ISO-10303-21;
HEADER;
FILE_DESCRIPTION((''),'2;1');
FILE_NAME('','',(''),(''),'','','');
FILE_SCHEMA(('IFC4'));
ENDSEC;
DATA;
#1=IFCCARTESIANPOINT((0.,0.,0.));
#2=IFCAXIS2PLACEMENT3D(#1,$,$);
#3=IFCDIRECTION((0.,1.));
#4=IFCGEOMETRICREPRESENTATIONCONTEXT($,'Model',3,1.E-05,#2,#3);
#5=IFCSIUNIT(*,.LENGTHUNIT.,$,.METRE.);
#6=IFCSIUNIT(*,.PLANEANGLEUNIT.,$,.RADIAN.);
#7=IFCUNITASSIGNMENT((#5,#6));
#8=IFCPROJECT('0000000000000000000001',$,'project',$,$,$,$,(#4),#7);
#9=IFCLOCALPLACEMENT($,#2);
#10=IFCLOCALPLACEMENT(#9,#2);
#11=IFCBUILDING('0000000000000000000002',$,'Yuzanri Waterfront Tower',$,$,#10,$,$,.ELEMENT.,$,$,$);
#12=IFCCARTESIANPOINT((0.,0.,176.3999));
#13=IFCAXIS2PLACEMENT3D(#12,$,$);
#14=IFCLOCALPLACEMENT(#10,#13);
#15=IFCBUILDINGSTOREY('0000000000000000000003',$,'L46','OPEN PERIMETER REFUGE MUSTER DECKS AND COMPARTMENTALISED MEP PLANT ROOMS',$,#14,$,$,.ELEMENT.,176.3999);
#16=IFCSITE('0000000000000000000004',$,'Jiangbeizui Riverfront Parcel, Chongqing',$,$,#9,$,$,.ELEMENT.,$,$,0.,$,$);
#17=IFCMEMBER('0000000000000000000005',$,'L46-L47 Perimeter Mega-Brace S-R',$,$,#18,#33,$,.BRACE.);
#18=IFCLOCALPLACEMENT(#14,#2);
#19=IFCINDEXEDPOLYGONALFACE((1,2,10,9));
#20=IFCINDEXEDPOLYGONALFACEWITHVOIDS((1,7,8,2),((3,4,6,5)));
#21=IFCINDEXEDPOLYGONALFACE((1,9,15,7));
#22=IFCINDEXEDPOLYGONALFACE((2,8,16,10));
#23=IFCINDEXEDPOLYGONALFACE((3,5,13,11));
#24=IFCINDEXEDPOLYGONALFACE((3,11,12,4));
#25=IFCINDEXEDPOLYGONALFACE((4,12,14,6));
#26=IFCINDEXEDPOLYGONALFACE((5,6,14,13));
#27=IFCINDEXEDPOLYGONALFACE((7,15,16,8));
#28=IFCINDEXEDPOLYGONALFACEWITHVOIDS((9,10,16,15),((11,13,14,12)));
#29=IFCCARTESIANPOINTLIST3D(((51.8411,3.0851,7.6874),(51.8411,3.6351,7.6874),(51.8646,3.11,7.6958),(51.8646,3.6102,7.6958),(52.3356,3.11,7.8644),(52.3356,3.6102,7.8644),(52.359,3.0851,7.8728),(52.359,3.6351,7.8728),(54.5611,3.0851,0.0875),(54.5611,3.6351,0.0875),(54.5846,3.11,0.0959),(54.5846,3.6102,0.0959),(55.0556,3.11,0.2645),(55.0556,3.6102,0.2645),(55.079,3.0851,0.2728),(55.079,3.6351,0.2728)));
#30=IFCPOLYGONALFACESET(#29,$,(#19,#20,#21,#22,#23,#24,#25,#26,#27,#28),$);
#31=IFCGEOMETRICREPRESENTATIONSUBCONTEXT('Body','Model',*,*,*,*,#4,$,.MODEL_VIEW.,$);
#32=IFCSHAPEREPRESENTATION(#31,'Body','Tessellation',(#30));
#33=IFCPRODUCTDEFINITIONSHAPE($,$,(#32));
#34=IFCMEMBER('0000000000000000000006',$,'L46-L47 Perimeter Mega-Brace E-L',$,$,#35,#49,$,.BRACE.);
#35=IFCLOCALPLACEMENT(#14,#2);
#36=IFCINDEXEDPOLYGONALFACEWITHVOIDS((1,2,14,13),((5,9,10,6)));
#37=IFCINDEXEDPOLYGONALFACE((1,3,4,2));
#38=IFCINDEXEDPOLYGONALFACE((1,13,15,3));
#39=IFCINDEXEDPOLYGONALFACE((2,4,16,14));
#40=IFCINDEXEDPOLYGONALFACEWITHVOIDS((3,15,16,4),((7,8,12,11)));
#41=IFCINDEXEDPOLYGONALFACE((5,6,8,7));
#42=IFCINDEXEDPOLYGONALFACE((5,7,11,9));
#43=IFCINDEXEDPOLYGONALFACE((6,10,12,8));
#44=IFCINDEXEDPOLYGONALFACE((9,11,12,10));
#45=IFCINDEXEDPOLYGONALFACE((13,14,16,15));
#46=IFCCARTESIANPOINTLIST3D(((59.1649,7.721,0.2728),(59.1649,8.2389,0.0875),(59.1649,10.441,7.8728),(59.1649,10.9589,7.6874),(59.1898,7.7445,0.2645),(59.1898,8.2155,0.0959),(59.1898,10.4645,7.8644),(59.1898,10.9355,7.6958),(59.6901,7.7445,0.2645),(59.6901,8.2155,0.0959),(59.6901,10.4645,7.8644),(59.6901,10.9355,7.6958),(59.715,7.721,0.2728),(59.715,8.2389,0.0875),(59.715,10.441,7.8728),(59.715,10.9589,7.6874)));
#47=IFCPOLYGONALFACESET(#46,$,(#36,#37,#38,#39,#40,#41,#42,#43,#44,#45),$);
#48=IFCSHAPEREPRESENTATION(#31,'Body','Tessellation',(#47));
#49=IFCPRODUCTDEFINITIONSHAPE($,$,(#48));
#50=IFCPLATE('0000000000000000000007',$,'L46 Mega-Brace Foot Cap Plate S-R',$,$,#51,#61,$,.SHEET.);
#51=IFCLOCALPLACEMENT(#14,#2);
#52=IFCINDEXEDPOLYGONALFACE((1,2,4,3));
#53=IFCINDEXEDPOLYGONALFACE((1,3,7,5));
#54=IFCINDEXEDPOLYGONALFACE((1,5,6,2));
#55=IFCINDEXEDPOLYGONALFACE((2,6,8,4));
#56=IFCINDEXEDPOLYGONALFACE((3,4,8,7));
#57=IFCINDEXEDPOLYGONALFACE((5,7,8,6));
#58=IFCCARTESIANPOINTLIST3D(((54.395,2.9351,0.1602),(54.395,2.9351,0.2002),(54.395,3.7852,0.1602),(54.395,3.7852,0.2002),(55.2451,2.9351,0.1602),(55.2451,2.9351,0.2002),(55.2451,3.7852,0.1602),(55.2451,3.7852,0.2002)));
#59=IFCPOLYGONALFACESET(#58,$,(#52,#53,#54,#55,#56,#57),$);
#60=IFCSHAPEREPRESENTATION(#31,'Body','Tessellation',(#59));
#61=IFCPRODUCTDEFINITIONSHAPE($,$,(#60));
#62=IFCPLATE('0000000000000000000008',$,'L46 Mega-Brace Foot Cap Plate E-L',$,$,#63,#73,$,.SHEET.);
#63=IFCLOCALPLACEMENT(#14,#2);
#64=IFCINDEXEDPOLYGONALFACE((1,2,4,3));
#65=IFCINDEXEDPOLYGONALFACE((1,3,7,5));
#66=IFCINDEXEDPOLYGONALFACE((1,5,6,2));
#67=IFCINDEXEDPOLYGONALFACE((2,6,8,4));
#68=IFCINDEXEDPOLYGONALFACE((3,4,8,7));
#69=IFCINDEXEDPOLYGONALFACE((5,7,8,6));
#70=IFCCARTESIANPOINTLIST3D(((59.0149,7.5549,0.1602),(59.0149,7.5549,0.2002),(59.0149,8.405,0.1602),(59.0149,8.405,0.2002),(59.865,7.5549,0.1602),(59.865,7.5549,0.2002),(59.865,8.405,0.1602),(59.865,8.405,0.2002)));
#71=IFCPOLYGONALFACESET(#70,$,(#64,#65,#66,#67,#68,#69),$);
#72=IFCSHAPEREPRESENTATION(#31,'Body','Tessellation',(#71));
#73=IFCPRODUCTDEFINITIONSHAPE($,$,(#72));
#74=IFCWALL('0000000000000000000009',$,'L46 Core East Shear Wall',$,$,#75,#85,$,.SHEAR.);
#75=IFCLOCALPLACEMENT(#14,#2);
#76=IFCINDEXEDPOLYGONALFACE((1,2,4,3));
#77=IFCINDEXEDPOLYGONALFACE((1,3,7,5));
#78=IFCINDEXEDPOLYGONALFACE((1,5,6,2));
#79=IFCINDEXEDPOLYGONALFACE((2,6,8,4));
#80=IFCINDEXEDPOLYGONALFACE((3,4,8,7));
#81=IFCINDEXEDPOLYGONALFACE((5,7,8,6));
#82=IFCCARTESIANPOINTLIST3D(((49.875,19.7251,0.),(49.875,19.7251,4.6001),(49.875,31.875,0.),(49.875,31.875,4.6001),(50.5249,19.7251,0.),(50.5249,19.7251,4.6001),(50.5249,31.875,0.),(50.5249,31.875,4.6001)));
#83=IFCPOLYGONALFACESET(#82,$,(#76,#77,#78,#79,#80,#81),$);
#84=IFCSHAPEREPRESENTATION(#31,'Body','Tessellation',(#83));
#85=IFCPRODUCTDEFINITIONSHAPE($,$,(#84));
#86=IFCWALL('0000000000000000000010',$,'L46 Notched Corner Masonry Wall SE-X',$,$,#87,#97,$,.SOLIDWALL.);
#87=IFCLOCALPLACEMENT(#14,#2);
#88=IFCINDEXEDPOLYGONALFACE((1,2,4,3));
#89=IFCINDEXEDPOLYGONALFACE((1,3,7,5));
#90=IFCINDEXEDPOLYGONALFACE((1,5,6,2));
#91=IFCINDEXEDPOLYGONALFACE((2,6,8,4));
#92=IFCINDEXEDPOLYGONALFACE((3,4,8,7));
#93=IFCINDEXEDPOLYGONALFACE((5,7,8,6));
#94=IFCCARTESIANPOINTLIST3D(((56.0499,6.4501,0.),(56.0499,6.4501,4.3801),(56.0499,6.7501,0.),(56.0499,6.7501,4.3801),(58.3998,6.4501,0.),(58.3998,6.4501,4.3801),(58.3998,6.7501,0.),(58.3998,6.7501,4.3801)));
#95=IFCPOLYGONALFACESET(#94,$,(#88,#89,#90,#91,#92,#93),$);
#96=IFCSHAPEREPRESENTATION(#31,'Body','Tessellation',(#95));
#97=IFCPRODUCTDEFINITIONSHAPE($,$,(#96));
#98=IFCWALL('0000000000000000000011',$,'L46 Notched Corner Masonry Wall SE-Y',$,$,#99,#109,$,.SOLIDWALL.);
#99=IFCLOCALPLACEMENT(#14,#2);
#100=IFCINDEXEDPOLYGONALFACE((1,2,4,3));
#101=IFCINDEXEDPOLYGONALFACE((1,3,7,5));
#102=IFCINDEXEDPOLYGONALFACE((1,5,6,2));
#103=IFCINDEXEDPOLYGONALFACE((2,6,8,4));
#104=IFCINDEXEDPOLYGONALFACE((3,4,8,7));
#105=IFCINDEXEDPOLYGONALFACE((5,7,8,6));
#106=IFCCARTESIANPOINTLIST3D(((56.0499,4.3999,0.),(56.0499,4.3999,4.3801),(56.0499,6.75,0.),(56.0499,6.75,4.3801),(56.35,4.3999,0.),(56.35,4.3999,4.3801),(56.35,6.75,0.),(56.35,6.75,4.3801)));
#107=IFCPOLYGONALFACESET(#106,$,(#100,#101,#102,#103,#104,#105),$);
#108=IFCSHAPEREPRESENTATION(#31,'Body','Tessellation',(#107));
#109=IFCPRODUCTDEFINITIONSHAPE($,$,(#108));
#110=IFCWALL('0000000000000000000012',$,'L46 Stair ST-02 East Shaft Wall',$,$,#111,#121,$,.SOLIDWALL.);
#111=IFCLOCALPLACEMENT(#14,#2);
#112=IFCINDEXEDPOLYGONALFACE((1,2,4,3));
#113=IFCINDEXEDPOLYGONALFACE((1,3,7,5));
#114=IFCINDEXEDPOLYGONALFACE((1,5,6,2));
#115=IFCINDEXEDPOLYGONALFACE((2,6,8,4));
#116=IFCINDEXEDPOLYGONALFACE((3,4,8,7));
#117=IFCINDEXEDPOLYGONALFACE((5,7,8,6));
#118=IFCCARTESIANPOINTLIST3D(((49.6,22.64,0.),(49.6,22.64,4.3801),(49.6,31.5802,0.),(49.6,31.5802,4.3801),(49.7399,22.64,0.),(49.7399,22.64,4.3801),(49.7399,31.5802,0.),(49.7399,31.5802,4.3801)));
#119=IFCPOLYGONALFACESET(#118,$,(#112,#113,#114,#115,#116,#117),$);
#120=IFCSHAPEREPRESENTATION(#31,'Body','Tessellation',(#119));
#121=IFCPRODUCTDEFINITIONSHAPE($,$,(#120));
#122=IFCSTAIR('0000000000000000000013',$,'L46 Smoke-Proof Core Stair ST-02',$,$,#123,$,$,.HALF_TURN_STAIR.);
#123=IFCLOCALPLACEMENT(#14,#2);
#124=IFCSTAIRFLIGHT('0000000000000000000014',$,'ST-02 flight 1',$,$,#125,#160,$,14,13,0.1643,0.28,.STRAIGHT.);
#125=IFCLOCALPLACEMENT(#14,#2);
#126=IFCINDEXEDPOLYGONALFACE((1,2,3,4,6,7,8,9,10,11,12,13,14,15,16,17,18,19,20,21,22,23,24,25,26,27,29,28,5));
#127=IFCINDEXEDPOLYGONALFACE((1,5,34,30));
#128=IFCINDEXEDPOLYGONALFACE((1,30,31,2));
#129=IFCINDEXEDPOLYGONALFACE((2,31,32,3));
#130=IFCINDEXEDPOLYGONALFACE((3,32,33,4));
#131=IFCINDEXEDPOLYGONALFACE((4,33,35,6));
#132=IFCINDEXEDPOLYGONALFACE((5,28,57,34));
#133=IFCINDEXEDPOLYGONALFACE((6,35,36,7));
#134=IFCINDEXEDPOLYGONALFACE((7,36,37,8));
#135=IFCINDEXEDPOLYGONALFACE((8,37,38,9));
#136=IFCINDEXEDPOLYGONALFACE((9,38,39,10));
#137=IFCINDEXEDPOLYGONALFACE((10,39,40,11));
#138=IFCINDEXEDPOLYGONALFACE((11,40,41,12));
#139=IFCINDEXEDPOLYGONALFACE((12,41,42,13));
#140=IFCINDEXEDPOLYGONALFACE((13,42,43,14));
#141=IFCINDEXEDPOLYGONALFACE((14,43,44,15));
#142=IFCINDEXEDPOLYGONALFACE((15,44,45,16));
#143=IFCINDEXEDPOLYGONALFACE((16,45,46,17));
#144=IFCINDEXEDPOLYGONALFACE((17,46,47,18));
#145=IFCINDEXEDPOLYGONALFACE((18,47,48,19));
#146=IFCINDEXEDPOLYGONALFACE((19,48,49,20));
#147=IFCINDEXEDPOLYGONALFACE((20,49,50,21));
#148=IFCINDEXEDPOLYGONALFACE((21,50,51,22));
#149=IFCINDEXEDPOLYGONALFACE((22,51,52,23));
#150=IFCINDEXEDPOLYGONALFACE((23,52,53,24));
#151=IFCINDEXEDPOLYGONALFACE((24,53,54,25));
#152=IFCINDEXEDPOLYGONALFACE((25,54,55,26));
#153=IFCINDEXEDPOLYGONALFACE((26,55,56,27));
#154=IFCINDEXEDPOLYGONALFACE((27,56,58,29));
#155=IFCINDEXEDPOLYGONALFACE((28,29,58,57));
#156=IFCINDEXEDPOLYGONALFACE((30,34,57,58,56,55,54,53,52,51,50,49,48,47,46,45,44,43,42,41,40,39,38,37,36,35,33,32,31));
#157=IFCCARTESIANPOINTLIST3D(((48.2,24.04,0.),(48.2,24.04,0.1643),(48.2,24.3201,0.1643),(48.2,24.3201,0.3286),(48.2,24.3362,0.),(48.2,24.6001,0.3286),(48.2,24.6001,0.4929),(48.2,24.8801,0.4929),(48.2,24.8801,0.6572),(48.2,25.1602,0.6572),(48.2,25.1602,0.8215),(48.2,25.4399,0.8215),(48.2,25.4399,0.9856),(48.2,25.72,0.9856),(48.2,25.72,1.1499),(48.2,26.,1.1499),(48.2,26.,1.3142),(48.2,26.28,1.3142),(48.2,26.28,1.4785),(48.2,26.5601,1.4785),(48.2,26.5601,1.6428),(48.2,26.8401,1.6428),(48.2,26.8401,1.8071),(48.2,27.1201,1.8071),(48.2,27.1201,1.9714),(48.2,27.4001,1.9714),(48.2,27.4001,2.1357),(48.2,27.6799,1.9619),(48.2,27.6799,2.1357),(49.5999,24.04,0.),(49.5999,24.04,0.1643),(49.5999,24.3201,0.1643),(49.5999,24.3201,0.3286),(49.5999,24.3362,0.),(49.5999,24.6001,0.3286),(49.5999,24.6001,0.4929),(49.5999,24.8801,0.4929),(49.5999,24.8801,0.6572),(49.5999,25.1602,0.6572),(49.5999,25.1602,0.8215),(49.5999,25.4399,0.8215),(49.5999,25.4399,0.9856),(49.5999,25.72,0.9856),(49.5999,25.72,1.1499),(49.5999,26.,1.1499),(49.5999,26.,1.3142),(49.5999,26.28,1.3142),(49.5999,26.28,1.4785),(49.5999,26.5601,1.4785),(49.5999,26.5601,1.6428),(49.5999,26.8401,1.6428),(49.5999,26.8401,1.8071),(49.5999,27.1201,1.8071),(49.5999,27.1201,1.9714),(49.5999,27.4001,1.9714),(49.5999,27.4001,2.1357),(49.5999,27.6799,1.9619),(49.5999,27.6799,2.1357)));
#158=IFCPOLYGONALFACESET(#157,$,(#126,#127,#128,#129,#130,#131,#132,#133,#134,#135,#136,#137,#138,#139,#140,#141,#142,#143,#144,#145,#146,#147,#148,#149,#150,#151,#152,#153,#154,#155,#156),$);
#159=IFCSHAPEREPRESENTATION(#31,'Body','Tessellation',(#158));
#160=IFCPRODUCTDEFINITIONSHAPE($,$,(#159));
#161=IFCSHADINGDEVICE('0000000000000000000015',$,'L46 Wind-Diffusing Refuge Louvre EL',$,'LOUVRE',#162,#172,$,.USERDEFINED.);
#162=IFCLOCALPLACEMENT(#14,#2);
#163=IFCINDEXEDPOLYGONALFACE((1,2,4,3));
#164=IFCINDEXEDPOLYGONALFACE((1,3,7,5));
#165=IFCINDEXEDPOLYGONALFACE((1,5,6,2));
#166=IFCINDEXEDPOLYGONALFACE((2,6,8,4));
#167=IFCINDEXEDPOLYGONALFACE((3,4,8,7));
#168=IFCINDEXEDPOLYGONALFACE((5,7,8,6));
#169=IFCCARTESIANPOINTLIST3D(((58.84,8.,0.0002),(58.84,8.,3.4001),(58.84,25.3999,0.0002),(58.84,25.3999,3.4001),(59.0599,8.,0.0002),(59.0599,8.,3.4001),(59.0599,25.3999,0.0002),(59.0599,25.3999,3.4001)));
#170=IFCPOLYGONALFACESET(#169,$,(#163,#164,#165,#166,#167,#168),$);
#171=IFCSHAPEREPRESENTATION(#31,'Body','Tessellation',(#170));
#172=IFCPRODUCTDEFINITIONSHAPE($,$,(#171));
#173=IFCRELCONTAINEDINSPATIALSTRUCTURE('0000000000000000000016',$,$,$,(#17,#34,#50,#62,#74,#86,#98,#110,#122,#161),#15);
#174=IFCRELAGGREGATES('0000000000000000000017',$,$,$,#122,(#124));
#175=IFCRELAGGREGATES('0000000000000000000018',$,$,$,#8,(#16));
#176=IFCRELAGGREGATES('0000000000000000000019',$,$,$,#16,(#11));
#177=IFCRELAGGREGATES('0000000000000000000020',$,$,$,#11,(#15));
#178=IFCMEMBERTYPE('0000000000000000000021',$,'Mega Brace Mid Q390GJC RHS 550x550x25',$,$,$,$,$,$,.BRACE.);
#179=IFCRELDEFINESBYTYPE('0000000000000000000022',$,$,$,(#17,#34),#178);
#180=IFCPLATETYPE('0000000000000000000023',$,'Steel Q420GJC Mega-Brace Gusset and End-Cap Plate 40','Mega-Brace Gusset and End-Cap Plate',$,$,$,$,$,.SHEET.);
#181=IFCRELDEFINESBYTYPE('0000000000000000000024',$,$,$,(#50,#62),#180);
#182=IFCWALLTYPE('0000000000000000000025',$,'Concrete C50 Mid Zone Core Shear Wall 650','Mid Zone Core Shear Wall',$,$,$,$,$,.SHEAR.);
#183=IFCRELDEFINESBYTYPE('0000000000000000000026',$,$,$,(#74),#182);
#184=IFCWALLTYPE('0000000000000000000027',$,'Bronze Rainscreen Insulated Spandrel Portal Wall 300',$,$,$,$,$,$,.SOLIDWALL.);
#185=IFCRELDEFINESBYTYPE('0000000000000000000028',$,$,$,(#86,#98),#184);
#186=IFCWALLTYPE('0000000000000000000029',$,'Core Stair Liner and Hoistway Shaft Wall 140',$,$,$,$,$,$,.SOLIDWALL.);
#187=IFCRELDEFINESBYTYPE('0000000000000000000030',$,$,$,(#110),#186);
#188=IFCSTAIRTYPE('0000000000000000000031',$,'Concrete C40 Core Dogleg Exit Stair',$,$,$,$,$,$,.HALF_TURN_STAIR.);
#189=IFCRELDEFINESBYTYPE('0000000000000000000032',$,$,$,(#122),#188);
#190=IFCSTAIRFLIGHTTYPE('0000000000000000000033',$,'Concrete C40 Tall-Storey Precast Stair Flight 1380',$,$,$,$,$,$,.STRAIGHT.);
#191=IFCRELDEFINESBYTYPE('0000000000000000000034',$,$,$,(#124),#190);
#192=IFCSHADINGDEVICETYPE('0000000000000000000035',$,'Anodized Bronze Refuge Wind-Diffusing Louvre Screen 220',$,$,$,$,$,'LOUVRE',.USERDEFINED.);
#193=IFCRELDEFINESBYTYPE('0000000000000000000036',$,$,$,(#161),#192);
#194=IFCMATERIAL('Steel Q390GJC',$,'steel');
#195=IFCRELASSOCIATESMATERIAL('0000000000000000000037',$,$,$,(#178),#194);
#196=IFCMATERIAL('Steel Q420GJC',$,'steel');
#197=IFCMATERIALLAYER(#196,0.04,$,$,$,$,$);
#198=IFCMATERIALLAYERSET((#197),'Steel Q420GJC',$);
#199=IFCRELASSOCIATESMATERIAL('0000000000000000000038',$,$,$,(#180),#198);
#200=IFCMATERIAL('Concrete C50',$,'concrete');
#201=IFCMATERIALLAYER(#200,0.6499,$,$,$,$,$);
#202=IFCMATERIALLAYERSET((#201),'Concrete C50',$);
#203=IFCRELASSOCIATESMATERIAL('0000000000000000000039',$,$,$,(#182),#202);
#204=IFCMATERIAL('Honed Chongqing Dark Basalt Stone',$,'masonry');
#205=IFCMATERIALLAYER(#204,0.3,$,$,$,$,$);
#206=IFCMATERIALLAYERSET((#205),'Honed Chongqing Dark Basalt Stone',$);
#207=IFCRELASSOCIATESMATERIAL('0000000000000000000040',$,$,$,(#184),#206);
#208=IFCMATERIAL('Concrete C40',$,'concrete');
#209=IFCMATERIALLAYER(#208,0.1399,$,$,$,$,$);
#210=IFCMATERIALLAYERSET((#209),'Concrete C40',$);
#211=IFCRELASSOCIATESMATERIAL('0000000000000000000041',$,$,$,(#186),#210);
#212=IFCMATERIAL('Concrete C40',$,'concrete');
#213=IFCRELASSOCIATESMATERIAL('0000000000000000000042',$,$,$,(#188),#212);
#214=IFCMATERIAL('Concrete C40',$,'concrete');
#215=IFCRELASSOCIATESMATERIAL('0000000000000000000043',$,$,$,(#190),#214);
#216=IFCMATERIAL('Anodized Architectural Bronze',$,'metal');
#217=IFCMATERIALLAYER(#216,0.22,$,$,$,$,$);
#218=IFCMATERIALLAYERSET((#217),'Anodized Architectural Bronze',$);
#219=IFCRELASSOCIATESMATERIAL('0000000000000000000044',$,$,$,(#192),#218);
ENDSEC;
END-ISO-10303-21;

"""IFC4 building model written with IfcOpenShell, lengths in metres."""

from ifc_helpers import new_model, si_unit, direction, frame, frame_2d, origin, origin_2d, place, context, subcontext, project, spatial, polyline, rectangle, hollow_rectangle, outline, extrude, source, transform, mapped, material, layer, layer_set, material_profile, profile_set, type_object, element, aggregate, save


model = new_model("IFC4")

# Units and contexts
model_context = context("Model", 3, precision=1e-05, world=origin(), true_north=direction((0.0, 1.0)))
body_context = subcontext(model_context, "Body", "Model", "MODEL_VIEW")
ifc_project = project(units=[si_unit("LENGTHUNIT", "METRE"), si_unit("PLANEANGLEUNIT", "RADIAN")], contexts=[model_context])

# Site, building, storey
site_placement = place(None, origin())
site = spatial("IfcSite", under=ifc_project, at=site_placement, Name="Jiangbeizui Riverfront Parcel, Chongqing", CompositionType="ELEMENT", RefElevation=0.0)
building_placement = place(site_placement, origin())
building = spatial("IfcBuilding", under=site, at=building_placement, Name="Yuzanri Waterfront Tower", CompositionType="ELEMENT")
storey_placement = place(building_placement, frame((0.0, 0.0, 176.3999)))
storey = spatial("IfcBuildingStorey", under=building, at=storey_placement, Name="L46", Description="OPEN PERIMETER REFUGE MUSTER DECKS AND COMPARTMENTALISED MEP PLANT ROOMS", CompositionType="ELEMENT", Elevation=176.3999)

# Members
ifc_material_1 = material(Name="Steel Q390GJC", Category="steel")
ifc_material_profile_1 = material_profile(ifc_material_1, hollow_rectangle(XDim=0.55, YDim=0.55, WallThickness=0.0249, at=origin_2d()), Name="RHS 550x550x25")
ifc_profile_set_1 = profile_set([ifc_material_profile_1], Name="Steel Q390GJC")
member_type = type_object("IfcMemberType", Name="Mega Brace Mid Q390GJC RHS 550x550x25", PredefinedType="BRACE", material=ifc_profile_set_1)
shared_shape_1 = source(origin(), body_context, "Body", "SweptSolid", [
    extrude(hollow_rectangle(XDim=0.55, YDim=0.55, WallThickness=0.0249, at=origin_2d()), origin(), (0.0, 0.0, 1.0), 8.072),
])
for number, where, z_axis, x_axis, name in (
    (1, (54.8201, 3.3601, 0.1802), (-0.336967, 0.0, 0.941517), (0.0, -1.0, 0.0), "L46-L47 Perimeter Mega-Brace S-R"),
    (2, (59.4399, 7.98, 0.1802), (0.0, 0.336967, 0.941517), (-1.0, 0.0, 0.0), "L46-L47 Perimeter Mega-Brace E-L"),
):
    element("IfcMember", number, at=place(storey_placement, frame(where, z_axis=z_axis, x_axis=x_axis)), inside=storey, type_object=member_type, Name=name, PredefinedType="BRACE", context=body_context, shape_type="MappedRepresentation", body=[
        mapped(shared_shape_1, transform((0.0, 0.0, 0.0), scale=1.0)),
    ])

# Plates
ifc_material_2 = material(Name="Steel Q420GJC", Category="steel")
ifc_layer_1 = layer(ifc_material_2, 0.04)
ifc_layer_set_1 = layer_set([ifc_layer_1], Name="Steel Q420GJC")
plate_type = type_object("IfcPlateType", Name="Steel Q420GJC Mega-Brace Gusset and End-Cap Plate 40", Description="Mega-Brace Gusset and End-Cap Plate", PredefinedType="SHEET", material=ifc_layer_set_1)
shared_shape_2 = source(origin(), body_context, "Body", "SweptSolid", [
    extrude(rectangle(XDim=0.8501, YDim=0.8501, at=origin_2d()), origin(), (0.0, 0.0, 1.0), 0.04),
])
for number, where, z_axis, x_axis, name in (
    (3, (54.8201, 3.3601, 0.1602), (0.0, 0.0, 1.0), (1.0, 0.0, 0.0), "L46 Mega-Brace Foot Cap Plate S-R"),
    (4, (59.4399, 7.98, 0.1602), (0.0, 0.0, 1.0), (1.0, 0.0, 0.0), "L46 Mega-Brace Foot Cap Plate E-L"),
):
    element("IfcPlate", number, at=place(storey_placement, frame(where, z_axis=z_axis, x_axis=x_axis)), inside=storey, type_object=plate_type, Name=name, PredefinedType="SHEET", context=body_context, shape_type="MappedRepresentation", body=[
        mapped(shared_shape_2, transform((0.0, 0.0, 0.0), scale=1.0)),
    ])

# Walls
ifc_material_3 = material(Name="Concrete C50", Category="concrete")
ifc_layer_2 = layer(ifc_material_3, 0.6499)
ifc_layer_set_2 = layer_set([ifc_layer_2], Name="Concrete C50")
wall_type_1 = type_object("IfcWallType", Name="Concrete C50 Mid Zone Core Shear Wall 650", Description="Mid Zone Core Shear Wall", PredefinedType="SHEAR", material=ifc_layer_set_2)
shared_shape_3 = source(origin(), body_context, "Body", "SweptSolid", [
    extrude(rectangle(XDim=12.1499, YDim=0.6499, at=frame_2d((6.075, 0.0))), origin(), (0.0, 0.0, 1.0), 4.6001),
])
wall_1_placement = place(storey_placement, frame((50.2, 19.7251, 0.0), z_axis=(0.0, 0.0, 1.0), x_axis=(0.0, 1.0, 0.0)))
element("IfcWall", 5, at=wall_1_placement, inside=storey, type_object=wall_type_1, Name="L46 Core East Shear Wall", PredefinedType="SHEAR", context=body_context, shape_type="MappedRepresentation", body=[
    mapped(shared_shape_3, transform((0.0, 0.0, 0.0), scale=1.0)),
])
ifc_material_4 = material(Name="Honed Chongqing Dark Basalt Stone", Category="masonry")
ifc_layer_3 = layer(ifc_material_4, 0.3)
ifc_layer_set_3 = layer_set([ifc_layer_3], Name="Honed Chongqing Dark Basalt Stone")
wall_type_2 = type_object("IfcWallType", Name="Bronze Rainscreen Insulated Spandrel Portal Wall 300", PredefinedType="SOLIDWALL", material=ifc_layer_set_3)
shared_shape_4 = source(origin(), body_context, "Body", "SweptSolid", [
    extrude(rectangle(XDim=2.3499, YDim=0.3, at=frame_2d((1.1748, 0.0))), origin(), (0.0, 0.0, 1.0), 4.3801),
])
wall_2_placement = place(storey_placement, frame((56.05, 6.6001, 0.0), z_axis=(0.0, 0.0, 1.0), x_axis=(1.0, 0.0, 0.0)))
element("IfcWall", 6, at=wall_2_placement, inside=storey, type_object=wall_type_2, Name="L46 Notched Corner Masonry Wall SE-X", PredefinedType="SOLIDWALL", context=body_context, shape_type="MappedRepresentation", body=[
    mapped(shared_shape_4, transform((0.0, 0.0, 0.0), scale=1.0)),
])
shared_shape_5 = source(origin(), body_context, "Body", "SweptSolid", [
    extrude(rectangle(XDim=2.3501, YDim=0.3, at=frame_2d((1.175, 0.0))), origin(), (0.0, 0.0, 1.0), 4.3801),
])
wall_3_placement = place(storey_placement, frame((56.2, 4.3999, 0.0), z_axis=(0.0, 0.0, 1.0), x_axis=(0.0, 1.0, 0.0)))
element("IfcWall", 7, at=wall_3_placement, inside=storey, type_object=wall_type_2, Name="L46 Notched Corner Masonry Wall SE-Y", PredefinedType="SOLIDWALL", context=body_context, shape_type="MappedRepresentation", body=[
    mapped(shared_shape_5, transform((0.0, 0.0, 0.0), scale=1.0)),
])
ifc_material_5 = material(Name="Concrete C40", Category="concrete")
ifc_layer_4 = layer(ifc_material_5, 0.1399)
ifc_layer_set_4 = layer_set([ifc_layer_4], Name="Concrete C40")
wall_type_3 = type_object("IfcWallType", Name="Core Stair Liner and Hoistway Shaft Wall 140", PredefinedType="SOLIDWALL", material=ifc_layer_set_4)
shared_shape_6 = source(origin(), body_context, "Body", "SweptSolid", [
    extrude(rectangle(XDim=8.9402, YDim=0.1399, at=frame_2d((4.4702, 0.0))), origin(), (0.0, 0.0, 1.0), 4.3801),
])
wall_4_placement = place(storey_placement, frame((49.6699, 22.6399, 0.0), z_axis=(0.0, 0.0, 1.0), x_axis=(0.0, 1.0, 0.0)))
element("IfcWall", 8, at=wall_4_placement, inside=storey, type_object=wall_type_3, Name="L46 Stair ST-02 East Shaft Wall", PredefinedType="SOLIDWALL", context=body_context, shape_type="MappedRepresentation", body=[
    mapped(shared_shape_6, transform((0.0, 0.0, 0.0), scale=1.0)),
])

# Stair, stair flight
ifc_material_6 = material(Name="Concrete C40", Category="concrete")
stair_type = type_object("IfcStairType", Name="Concrete C40 Core Dogleg Exit Stair", PredefinedType="HALF_TURN_STAIR", material=ifc_material_6)
stair_placement = place(storey_placement, origin())
stair = element("IfcStair", 9, at=stair_placement, inside=storey, type_object=stair_type, Name="L46 Smoke-Proof Core Stair ST-02", PredefinedType="HALF_TURN_STAIR")
ifc_material_7 = material(Name="Concrete C40", Category="concrete")
stair_flight_type = type_object("IfcStairFlightType", Name="Concrete C40 Tall-Storey Precast Stair Flight 1380", PredefinedType="STRAIGHT", material=ifc_material_7)
shared_shape_7 = source(origin(), body_context, "Body", "SweptSolid", [
    extrude(outline(polyline([(0.0, 0.0), (0.0, 0.1643), (0.28, 0.1643), (0.28, 0.3286), (0.5601, 0.3286), (0.5601, 0.4929), (0.8401, 0.4929), (0.8401, 0.6572), (1.1201, 0.6572), (1.1201, 0.8215), (1.3999, 0.8215), (1.3999, 0.9856), (1.6799, 0.9856), (1.6799, 1.1499), (1.96, 1.1499), (1.96, 1.3142), (2.24, 1.3142), (2.24, 1.4785), (2.52, 1.4785), (2.52, 1.6428), (2.8, 1.6428), (2.8, 1.8071), (3.0801, 1.8071), (3.0801, 1.9714), (3.3601, 1.9714), (3.3601, 2.1357), (3.6399, 2.1357), (3.6399, 2.3), (3.6399, 1.9619), (0.2961, 0.0), (0.0, 0.0)])), frame((0.0, 0.7, 0.0), z_axis=(0.0, -1.0, 0.0), x_axis=(1.0, 0.0, 0.0)), (0.0, 0.0, 1.0), 1.3999),
])
stair_flight_placement = place(storey_placement, frame((48.8999, 24.04, 0.0), z_axis=(0.0, 0.0, 1.0), x_axis=(0.0, 1.0, 0.0)))
stair_flight = element("IfcStairFlight", 10, at=stair_flight_placement, type_object=stair_flight_type, Name="ST-02 flight 1", NumberOfRisers=14, NumberOfTreads=13, PredefinedType="STRAIGHT", RiserHeight=0.1643, TreadLength=0.28, context=body_context, shape_type="MappedRepresentation", body=[
    mapped(shared_shape_7, transform((0.0, 0.0, 0.0), scale=1.0)),
])
aggregate(stair, [stair_flight])

# Shading device
ifc_material_8 = material(Name="Anodized Architectural Bronze", Category="metal")
ifc_layer_5 = layer(ifc_material_8, 0.22)
ifc_layer_set_5 = layer_set([ifc_layer_5], Name="Anodized Architectural Bronze")
shading_device_type = type_object("IfcShadingDeviceType", Name="Anodized Bronze Refuge Wind-Diffusing Louvre Screen 220", ElementType="LOUVRE", PredefinedType="USERDEFINED", material=ifc_layer_set_5)
shared_shape_8 = source(origin(), body_context, "Body", "SweptSolid", [
    extrude(rectangle(XDim=0.22, YDim=17.3999, at=origin_2d()), origin(), (0.0, 0.0, 1.0), 3.3999),
])
shading_device_placement = place(storey_placement, frame((58.95, 16.7, 0.0002), z_axis=(0.0, 0.0, 1.0), x_axis=(1.0, 0.0, 0.0)))
element("IfcShadingDevice", 11, at=shading_device_placement, inside=storey, type_object=shading_device_type, Name="L46 Wind-Diffusing Refuge Louvre EL", ObjectType="LOUVRE", PredefinedType="USERDEFINED", context=body_context, shape_type="MappedRepresentation", body=[
    mapped(shared_shape_8, transform((0.0, 0.0, 0.0), scale=1.0)),
])

save(model, "model.ifc")
